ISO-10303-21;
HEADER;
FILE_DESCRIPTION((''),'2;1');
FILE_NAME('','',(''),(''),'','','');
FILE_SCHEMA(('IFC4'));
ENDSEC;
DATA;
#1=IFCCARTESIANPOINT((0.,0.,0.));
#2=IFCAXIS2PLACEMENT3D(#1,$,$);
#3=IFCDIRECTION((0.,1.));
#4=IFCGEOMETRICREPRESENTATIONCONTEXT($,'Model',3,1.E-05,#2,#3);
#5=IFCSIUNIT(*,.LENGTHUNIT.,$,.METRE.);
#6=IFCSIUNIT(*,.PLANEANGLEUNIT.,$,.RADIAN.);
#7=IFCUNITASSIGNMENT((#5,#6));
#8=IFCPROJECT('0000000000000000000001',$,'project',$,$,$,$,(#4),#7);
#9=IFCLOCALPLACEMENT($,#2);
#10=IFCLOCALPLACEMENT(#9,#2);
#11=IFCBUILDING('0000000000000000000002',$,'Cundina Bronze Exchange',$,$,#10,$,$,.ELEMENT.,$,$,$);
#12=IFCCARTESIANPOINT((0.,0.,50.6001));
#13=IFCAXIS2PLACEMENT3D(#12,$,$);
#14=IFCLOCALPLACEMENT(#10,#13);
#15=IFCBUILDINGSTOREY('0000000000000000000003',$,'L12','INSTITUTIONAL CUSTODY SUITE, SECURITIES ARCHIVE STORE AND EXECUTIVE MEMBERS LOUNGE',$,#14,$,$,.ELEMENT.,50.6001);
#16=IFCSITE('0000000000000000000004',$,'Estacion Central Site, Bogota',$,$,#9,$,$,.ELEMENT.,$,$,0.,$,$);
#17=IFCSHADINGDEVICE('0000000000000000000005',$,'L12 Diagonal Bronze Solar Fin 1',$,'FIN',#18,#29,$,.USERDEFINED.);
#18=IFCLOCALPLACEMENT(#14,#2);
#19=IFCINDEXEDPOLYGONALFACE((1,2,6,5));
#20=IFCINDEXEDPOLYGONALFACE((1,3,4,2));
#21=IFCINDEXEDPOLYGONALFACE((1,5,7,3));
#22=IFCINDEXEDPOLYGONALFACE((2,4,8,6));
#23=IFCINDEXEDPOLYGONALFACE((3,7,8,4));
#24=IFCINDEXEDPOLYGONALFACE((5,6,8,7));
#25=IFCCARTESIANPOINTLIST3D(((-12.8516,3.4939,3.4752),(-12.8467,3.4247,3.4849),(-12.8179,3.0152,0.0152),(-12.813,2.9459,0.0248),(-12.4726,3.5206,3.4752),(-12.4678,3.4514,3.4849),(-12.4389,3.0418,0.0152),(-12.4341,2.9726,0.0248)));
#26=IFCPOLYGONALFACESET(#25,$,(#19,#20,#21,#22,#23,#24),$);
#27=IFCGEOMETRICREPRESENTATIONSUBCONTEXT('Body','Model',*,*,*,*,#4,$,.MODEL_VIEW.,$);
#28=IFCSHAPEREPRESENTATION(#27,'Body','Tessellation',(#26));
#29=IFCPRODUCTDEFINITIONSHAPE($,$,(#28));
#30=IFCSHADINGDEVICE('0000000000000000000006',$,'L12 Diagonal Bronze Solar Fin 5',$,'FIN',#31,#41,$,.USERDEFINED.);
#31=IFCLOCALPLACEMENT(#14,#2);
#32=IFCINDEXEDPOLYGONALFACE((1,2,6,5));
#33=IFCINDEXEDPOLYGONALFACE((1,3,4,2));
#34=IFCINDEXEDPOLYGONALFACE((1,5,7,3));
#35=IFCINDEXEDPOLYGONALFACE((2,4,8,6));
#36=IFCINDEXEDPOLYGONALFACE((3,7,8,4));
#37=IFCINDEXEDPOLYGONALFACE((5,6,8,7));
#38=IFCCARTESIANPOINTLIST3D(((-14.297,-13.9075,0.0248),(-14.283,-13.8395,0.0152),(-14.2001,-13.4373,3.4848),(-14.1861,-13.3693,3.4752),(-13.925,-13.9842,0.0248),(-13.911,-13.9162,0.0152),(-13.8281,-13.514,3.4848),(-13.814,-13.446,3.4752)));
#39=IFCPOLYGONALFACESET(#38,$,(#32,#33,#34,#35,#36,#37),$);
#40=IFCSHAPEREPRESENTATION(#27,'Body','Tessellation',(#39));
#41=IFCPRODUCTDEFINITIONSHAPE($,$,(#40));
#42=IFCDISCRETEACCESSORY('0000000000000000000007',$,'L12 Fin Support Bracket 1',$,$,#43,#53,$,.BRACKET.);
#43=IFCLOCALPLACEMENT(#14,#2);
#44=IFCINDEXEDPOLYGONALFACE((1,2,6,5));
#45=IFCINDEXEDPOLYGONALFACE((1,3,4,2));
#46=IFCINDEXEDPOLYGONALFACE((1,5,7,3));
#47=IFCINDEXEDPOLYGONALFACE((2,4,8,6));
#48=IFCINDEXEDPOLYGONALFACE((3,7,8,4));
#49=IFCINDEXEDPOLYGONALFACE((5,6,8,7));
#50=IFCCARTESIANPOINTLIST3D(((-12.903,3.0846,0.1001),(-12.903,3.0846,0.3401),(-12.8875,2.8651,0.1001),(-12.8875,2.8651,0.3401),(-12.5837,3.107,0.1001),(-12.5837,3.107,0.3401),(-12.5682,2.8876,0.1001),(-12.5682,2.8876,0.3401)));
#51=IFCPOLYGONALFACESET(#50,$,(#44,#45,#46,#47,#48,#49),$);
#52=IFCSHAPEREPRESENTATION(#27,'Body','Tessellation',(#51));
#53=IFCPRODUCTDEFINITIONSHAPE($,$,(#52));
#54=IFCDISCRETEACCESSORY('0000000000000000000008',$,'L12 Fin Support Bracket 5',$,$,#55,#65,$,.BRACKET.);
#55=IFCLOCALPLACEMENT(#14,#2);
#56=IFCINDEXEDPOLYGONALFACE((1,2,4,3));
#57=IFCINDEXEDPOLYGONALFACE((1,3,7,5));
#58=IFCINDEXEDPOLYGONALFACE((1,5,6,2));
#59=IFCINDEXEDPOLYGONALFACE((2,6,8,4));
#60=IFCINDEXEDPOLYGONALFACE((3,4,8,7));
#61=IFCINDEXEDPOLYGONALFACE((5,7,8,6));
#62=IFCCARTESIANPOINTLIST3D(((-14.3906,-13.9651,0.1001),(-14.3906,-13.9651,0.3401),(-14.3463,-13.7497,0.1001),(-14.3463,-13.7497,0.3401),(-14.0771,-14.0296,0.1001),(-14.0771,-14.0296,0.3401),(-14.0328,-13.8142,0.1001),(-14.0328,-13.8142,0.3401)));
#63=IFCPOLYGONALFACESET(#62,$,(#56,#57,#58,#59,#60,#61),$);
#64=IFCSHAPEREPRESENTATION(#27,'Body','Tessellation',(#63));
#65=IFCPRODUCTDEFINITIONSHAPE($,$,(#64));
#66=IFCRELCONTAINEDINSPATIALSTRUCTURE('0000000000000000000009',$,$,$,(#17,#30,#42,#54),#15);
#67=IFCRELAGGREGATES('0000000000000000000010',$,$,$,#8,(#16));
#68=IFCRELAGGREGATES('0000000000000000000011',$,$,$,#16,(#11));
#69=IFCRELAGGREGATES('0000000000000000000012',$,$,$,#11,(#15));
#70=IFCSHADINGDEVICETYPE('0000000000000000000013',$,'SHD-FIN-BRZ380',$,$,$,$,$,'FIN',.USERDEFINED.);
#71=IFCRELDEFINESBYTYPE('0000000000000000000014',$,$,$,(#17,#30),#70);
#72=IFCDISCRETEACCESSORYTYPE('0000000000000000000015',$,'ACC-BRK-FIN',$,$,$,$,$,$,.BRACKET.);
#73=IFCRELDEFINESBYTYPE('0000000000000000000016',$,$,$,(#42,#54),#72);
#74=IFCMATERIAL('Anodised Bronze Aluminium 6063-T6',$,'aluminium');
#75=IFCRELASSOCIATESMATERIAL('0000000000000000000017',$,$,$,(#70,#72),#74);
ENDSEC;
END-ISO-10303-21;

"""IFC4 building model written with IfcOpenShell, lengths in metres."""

from ifc_helpers import new_model, si_unit, direction, frame, origin, origin_2d, place, context, subcontext, project, spatial, rectangle, extrude, material, material_profile, profile_set, type_object, element, save


model = new_model("IFC4")

# Units and contexts
model_context = context("Model", 3, precision=1e-05, world=origin(), true_north=direction((0.0, 1.0)))
body_context = subcontext(model_context, "Body", "Model", "MODEL_VIEW")
ifc_project = project(units=[si_unit("LENGTHUNIT", "METRE"), si_unit("PLANEANGLEUNIT", "RADIAN")], contexts=[model_context])

# Site, building, storey
site_placement = place(None, origin())
site = spatial("IfcSite", under=ifc_project, at=site_placement, Name="Estacion Central Site, Bogota", CompositionType="ELEMENT", RefElevation=0.0)
building_placement = place(site_placement, origin())
building = spatial("IfcBuilding", under=site, at=building_placement, Name="Cundina Bronze Exchange", CompositionType="ELEMENT")
storey_placement = place(building_placement, frame((0.0, 0.0, 50.6001)))
storey = spatial("IfcBuildingStorey", under=building, at=storey_placement, Name="L12", Description="INSTITUTIONAL CUSTODY SUITE, SECURITIES ARCHIVE STORE AND EXECUTIVE MEMBERS LOUNGE", CompositionType="ELEMENT", Elevation=50.6001)

# Shared definitions
ifc_material_1 = material(Name="Anodised Bronze Aluminium 6063-T6", Category="aluminium")

# Shading devices
ifc_material_profile_1 = material_profile(ifc_material_1, rectangle(XDim=0.0701, YDim=0.3799, at=origin_2d()), Name="FIN70X380", Category="aluminium")
ifc_profile_set_1 = profile_set([ifc_material_profile_1], Name="Anodised Bronze Aluminium 6063-T6")
shading_device_type = type_object("IfcShadingDeviceType", Name="SHD-FIN-BRZ380", ElementType="FIN", PredefinedType="USERDEFINED", material=ifc_profile_set_1)
for number, where, z_axis, x_axis, name in (
    (1, (-12.626, 2.9939, 0.02), (-0.009645, 0.137059, 0.990516), (0.069533, -0.988072, 0.137398), "L12 Diagonal Bronze Solar Fin 1"),
    (2, (-14.104, -13.9119, 0.02), (0.027747, 0.134612, 0.99051), (-0.199967, -0.970115, 0.137442), "L12 Diagonal Bronze Solar Fin 5"),
):
    element("IfcShadingDevice", number, at=place(storey_placement, frame(where, z_axis=z_axis, x_axis=x_axis)), inside=storey, type_object=shading_device_type, Name=name, ObjectType="FIN", PredefinedType="USERDEFINED", context=body_context, shape_type="SweptSolid", body=[
        extrude(rectangle(XDim=0.0701, YDim=0.3799, at=origin_2d()), origin(), (0.0, 0.0, 1.0), 3.4932),
    ])

# Discrete accessories
discrete_accessory_type = type_object("IfcDiscreteAccessoryType", Name="ACC-BRK-FIN", PredefinedType="BRACKET", material=ifc_material_1)
for number, where, z_axis, x_axis, name in (
    (3, (-12.7356, 2.9861, 0.1001), (0.0, 0.0, 1.0), (-0.070279, 0.997527, 0.0), "L12 Fin Support Bracket 1"),
    (4, (-14.2117, -13.8896, 0.1001), (0.0, 0.0, 1.0), (0.20142, 0.979505, 0.0), "L12 Fin Support Bracket 5"),
):
    element("IfcDiscreteAccessory", number, at=place(storey_placement, frame(where, z_axis=z_axis, x_axis=x_axis)), inside=storey, type_object=discrete_accessory_type, Name=name, PredefinedType="BRACKET", context=body_context, shape_type="SweptSolid", body=[
        extrude(rectangle(XDim=0.22, YDim=0.3201, at=origin_2d()), origin(), (0.0, 0.0, 1.0), 0.24),
    ])

save(model, "model.ifc")
